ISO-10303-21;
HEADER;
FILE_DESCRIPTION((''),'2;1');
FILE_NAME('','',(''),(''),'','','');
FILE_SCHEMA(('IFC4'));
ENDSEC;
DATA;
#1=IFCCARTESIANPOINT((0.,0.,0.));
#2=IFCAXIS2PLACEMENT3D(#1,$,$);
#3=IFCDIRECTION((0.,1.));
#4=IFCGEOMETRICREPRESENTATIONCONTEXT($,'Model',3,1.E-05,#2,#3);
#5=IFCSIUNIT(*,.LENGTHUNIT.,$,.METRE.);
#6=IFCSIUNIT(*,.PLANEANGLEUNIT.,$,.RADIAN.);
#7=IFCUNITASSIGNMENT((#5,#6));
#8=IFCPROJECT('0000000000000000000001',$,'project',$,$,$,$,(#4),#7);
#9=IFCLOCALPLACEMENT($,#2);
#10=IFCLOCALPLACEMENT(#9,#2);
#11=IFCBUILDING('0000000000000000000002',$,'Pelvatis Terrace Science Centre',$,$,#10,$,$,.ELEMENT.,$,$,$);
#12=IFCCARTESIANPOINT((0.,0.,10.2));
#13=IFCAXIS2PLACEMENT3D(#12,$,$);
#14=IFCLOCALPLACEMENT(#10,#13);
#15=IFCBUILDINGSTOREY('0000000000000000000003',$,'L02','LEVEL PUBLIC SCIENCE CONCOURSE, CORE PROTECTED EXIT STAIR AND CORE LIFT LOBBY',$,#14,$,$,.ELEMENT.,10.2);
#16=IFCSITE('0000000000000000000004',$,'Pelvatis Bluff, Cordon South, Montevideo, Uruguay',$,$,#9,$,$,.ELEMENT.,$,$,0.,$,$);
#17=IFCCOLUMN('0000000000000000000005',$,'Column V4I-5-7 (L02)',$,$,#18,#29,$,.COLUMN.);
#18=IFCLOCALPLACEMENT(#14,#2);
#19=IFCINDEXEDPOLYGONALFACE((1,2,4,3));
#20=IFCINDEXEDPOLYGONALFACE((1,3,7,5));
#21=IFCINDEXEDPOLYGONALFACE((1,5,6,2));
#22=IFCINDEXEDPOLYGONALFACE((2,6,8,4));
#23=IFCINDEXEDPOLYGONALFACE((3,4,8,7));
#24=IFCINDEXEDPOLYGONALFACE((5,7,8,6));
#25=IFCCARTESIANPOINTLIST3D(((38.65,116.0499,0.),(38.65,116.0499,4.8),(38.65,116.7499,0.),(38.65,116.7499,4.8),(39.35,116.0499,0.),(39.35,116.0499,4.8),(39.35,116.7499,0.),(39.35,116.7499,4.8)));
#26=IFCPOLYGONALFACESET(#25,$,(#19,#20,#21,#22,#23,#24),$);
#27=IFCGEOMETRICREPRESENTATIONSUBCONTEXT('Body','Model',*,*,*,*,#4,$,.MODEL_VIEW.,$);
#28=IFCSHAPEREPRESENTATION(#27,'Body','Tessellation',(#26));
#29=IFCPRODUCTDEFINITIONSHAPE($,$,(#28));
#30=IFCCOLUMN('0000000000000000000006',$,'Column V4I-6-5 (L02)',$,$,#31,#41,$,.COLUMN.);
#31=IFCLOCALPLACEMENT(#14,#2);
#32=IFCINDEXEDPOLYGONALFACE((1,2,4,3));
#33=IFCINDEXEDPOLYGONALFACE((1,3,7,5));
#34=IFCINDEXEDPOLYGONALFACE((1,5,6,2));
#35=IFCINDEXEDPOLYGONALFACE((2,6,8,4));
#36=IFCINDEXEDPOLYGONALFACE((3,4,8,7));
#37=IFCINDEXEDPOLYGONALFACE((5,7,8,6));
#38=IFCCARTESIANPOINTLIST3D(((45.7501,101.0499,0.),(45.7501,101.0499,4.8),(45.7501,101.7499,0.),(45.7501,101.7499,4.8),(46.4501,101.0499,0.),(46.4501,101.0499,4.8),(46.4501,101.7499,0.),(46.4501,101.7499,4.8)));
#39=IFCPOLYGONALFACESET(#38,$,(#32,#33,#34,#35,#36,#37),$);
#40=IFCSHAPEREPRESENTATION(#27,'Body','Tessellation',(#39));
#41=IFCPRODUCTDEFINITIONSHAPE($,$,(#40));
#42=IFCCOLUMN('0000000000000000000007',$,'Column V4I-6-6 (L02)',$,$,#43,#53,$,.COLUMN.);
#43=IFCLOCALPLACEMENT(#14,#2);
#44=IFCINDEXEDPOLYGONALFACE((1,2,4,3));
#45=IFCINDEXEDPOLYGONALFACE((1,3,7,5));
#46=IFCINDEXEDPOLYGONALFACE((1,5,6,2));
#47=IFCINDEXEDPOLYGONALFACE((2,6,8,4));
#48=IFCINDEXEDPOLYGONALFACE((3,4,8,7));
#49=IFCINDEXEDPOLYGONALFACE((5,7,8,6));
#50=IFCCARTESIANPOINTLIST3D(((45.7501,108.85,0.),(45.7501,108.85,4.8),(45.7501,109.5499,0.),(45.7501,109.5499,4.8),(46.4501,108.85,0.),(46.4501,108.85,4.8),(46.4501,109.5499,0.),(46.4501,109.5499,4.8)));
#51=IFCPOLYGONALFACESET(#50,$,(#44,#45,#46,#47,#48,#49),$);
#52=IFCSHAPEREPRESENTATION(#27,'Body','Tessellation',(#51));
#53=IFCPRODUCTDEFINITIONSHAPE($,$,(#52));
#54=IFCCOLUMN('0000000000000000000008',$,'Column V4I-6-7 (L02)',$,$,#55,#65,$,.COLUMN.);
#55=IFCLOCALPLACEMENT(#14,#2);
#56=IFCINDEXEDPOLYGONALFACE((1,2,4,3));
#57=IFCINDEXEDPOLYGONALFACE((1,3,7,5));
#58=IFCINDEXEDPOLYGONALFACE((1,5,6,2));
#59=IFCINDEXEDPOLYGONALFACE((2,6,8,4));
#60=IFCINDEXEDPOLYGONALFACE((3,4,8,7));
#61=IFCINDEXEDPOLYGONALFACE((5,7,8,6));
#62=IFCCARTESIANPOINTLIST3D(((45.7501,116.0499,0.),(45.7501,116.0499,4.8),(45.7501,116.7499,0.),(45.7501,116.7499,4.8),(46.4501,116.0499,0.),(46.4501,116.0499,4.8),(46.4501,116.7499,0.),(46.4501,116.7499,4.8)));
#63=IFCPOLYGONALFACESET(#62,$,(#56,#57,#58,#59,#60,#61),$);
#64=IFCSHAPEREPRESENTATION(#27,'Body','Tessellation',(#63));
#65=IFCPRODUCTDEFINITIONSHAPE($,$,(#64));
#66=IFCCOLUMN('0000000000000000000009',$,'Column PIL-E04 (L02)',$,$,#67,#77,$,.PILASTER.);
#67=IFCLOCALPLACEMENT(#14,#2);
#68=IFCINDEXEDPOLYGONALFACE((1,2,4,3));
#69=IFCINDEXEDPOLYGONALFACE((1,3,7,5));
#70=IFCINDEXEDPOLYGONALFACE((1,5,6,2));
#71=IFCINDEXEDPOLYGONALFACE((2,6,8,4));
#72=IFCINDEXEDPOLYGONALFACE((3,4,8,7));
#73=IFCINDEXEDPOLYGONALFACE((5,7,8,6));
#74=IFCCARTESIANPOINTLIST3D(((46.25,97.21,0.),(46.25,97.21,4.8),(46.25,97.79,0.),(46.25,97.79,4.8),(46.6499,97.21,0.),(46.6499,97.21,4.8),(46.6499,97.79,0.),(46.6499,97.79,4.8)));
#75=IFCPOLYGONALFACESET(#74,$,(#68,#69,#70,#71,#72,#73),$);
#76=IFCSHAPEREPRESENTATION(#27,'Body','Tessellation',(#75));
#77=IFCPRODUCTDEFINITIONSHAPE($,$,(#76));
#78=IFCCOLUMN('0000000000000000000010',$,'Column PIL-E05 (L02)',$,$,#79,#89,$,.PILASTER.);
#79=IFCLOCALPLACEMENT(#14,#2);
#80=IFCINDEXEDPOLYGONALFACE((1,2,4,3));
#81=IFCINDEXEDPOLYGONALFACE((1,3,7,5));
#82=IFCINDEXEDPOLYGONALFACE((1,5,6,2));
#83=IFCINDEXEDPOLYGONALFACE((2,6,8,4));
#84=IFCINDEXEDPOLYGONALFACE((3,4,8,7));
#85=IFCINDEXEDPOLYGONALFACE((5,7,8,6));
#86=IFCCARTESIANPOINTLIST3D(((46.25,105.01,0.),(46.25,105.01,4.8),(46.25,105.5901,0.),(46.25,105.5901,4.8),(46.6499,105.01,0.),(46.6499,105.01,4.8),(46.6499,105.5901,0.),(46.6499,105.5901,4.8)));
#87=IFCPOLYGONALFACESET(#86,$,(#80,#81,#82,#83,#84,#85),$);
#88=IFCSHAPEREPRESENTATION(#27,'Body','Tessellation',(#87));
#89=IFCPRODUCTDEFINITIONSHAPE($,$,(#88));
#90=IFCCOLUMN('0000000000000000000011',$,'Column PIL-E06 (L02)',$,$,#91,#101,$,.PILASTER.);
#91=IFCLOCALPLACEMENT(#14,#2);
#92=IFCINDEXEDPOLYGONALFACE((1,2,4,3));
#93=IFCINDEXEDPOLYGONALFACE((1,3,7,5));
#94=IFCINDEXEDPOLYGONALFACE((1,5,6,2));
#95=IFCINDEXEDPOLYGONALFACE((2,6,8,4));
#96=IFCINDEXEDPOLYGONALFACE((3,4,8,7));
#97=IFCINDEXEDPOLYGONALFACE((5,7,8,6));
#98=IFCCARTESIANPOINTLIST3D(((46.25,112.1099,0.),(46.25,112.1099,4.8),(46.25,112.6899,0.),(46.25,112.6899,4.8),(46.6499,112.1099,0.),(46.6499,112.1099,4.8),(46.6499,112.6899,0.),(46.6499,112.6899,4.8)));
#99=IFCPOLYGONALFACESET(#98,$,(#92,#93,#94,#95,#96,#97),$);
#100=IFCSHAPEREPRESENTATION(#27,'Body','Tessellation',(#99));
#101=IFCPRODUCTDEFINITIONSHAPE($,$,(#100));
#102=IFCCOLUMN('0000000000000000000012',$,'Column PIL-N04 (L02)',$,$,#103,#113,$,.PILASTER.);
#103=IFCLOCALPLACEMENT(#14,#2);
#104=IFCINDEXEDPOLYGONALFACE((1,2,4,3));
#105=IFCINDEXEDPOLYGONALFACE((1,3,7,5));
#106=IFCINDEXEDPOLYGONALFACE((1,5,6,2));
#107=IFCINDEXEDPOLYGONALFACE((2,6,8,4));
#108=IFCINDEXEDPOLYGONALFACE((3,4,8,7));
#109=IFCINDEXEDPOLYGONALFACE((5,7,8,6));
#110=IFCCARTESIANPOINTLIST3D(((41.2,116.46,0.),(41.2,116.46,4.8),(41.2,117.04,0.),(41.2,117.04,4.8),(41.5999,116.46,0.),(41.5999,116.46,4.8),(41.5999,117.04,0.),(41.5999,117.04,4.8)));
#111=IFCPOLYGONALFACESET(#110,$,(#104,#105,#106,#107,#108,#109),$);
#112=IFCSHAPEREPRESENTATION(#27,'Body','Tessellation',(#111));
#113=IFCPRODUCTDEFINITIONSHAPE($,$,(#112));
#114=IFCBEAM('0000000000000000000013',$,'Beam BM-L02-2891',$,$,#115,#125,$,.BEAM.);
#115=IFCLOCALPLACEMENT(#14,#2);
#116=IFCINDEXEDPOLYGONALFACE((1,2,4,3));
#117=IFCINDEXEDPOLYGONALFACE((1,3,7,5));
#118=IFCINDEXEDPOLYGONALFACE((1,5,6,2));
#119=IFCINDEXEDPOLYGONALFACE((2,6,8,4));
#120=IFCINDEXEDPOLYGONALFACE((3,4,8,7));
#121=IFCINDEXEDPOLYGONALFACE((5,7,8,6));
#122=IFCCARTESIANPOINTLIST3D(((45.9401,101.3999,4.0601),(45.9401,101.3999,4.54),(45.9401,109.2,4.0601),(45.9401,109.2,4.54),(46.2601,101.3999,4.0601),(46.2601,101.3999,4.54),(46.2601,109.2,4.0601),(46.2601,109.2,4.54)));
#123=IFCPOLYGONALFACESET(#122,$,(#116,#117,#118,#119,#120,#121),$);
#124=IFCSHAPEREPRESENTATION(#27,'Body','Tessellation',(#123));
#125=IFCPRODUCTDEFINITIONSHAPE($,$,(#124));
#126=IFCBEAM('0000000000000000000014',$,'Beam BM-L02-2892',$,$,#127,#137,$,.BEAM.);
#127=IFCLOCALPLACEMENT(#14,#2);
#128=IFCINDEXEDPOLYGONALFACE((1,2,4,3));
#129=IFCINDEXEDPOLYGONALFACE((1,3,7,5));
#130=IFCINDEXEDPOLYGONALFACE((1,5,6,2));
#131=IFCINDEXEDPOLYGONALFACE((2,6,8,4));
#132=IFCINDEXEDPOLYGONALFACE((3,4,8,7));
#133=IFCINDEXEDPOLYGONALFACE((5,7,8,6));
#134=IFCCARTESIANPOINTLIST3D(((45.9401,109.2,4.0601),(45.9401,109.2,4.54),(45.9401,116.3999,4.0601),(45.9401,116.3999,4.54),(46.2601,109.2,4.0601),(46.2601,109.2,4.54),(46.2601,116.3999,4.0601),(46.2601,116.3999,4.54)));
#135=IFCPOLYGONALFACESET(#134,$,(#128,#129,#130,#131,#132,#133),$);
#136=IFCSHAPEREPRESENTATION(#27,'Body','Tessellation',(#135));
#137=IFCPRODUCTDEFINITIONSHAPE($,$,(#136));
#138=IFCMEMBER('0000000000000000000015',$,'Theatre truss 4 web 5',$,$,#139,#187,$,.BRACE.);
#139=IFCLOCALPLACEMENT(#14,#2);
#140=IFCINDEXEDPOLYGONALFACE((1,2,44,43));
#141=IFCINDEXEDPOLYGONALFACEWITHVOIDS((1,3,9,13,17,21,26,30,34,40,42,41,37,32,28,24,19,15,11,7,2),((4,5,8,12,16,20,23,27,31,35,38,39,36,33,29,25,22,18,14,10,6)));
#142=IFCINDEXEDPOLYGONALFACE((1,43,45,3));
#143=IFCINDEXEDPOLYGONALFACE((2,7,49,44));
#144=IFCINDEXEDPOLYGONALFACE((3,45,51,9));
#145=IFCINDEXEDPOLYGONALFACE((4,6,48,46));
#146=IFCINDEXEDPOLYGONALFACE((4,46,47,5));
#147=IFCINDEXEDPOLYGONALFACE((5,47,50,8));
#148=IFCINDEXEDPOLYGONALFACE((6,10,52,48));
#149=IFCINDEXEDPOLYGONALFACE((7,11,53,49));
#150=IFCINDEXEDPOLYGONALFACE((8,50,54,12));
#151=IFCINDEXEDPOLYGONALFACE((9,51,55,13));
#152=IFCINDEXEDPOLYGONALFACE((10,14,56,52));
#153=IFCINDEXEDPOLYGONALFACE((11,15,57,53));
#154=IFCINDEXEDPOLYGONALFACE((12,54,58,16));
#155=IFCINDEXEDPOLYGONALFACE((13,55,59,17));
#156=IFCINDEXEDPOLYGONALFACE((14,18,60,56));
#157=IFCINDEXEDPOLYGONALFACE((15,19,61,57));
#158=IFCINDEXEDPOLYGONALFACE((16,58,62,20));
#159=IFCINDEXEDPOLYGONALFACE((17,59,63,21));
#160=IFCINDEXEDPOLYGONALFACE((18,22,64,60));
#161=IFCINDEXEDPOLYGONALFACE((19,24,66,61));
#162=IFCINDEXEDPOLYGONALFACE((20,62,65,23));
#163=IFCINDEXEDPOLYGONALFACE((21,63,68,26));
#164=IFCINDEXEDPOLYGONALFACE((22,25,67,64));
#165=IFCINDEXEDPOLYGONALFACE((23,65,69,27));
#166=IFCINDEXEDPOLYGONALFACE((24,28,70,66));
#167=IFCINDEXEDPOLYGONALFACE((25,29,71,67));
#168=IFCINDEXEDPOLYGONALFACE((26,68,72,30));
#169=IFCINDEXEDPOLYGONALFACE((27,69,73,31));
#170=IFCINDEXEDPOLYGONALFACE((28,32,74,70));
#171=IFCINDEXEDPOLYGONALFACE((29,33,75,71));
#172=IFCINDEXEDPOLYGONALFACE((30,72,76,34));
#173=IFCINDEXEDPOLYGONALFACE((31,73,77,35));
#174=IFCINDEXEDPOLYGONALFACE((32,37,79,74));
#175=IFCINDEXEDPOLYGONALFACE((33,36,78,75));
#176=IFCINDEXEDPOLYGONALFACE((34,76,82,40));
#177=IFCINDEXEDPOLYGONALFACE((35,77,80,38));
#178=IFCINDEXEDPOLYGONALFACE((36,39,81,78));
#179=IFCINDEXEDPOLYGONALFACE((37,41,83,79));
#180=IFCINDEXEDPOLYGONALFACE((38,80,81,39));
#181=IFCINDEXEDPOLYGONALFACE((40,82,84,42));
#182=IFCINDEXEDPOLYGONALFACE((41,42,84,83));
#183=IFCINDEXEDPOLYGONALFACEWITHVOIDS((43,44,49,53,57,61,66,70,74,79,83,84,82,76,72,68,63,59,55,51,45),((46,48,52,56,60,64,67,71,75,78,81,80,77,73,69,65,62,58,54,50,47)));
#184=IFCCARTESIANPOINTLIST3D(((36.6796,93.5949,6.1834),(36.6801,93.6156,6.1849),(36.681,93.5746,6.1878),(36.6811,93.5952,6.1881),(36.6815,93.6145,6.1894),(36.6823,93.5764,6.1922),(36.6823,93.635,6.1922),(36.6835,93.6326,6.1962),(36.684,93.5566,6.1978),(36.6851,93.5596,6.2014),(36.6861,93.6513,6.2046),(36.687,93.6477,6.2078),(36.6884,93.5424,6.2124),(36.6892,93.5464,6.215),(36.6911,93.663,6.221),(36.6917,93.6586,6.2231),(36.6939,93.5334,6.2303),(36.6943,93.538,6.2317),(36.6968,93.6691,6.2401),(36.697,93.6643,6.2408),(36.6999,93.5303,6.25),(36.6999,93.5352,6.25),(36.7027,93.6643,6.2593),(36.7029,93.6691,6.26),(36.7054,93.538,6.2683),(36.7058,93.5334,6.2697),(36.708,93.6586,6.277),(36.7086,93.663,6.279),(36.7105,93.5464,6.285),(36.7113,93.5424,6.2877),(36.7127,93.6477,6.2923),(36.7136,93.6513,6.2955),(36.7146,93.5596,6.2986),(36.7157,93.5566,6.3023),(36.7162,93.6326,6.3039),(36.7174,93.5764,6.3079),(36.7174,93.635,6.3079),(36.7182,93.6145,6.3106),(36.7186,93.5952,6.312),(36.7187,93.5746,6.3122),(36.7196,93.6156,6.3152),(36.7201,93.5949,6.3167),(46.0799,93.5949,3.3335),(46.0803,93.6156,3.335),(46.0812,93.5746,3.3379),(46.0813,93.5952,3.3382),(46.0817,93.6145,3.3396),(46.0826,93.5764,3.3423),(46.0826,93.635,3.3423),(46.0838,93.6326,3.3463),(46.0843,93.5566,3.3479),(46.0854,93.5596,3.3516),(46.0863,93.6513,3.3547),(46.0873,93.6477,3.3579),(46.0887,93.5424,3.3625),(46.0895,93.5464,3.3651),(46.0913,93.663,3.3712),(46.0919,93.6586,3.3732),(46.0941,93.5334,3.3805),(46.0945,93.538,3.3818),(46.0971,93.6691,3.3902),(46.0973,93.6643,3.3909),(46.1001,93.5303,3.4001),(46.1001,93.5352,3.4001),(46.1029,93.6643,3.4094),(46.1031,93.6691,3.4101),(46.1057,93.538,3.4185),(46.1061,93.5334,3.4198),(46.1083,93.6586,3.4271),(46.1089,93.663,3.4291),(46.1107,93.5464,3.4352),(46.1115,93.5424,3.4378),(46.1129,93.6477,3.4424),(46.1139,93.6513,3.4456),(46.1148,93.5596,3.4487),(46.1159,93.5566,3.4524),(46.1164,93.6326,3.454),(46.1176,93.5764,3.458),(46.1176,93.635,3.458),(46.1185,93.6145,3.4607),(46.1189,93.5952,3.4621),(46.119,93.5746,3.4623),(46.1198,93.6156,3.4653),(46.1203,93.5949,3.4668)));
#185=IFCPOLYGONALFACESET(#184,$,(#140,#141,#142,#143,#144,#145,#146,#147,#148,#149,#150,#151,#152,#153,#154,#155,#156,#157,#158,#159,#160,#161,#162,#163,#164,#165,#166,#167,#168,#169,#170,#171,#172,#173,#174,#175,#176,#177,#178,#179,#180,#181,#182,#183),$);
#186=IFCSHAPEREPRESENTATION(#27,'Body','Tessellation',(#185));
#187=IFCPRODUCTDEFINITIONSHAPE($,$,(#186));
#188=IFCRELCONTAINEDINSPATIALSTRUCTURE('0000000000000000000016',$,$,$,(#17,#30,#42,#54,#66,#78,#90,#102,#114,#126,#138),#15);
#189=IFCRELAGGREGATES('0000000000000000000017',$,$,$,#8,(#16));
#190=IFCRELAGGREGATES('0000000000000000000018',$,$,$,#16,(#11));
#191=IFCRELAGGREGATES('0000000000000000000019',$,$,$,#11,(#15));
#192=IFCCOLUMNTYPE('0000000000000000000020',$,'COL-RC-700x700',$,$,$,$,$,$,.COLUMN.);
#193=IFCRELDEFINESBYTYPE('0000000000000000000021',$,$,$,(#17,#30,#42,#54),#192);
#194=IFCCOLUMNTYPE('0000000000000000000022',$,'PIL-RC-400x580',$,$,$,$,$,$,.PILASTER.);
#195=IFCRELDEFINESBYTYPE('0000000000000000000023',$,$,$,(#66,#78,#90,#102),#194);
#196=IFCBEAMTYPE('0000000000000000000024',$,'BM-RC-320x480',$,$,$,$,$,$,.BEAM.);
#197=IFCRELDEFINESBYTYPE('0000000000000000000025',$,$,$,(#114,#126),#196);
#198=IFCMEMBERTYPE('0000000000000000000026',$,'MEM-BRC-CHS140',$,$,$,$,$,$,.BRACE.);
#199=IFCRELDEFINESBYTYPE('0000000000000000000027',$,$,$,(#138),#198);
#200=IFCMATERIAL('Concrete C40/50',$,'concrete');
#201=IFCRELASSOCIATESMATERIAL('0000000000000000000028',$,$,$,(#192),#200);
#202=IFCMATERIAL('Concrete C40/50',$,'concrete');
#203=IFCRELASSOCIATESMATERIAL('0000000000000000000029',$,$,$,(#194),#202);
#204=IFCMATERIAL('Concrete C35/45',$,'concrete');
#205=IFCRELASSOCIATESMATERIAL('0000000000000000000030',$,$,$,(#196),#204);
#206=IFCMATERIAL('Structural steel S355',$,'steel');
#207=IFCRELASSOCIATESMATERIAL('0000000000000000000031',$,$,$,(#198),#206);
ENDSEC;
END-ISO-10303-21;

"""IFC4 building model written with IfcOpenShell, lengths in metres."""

from ifc_helpers import new_model, si_unit, direction, frame, origin, origin_2d, place, context, subcontext, project, spatial, rectangle, hollow_circle, extrude, material, material_profile, profile_set, type_object, element, save


model = new_model("IFC4")

# Units and contexts
model_context = context("Model", 3, precision=1e-05, world=origin(), true_north=direction((0.0, 1.0)))
body_context = subcontext(model_context, "Body", "Model", "MODEL_VIEW")
ifc_project = project(units=[si_unit("LENGTHUNIT", "METRE"), si_unit("PLANEANGLEUNIT", "RADIAN")], contexts=[model_context])

# Site, building, storey
site_placement = place(None, origin())
site = spatial("IfcSite", under=ifc_project, at=site_placement, Name="Pelvatis Bluff, Cordon South, Montevideo, Uruguay", CompositionType="ELEMENT", RefElevation=0.0)
building_placement = place(site_placement, origin())
building = spatial("IfcBuilding", under=site, at=building_placement, Name="Pelvatis Terrace Science Centre", CompositionType="ELEMENT")
storey_placement = place(building_placement, frame((0.0, 0.0, 10.2)))
storey = spatial("IfcBuildingStorey", under=building, at=storey_placement, Name="L02", Description="LEVEL PUBLIC SCIENCE CONCOURSE, CORE PROTECTED EXIT STAIR AND CORE LIFT LOBBY", CompositionType="ELEMENT", Elevation=10.2)

# Columns
ifc_material_1 = material(Name="Concrete C40/50", Category="concrete")
ifc_material_profile_1 = material_profile(ifc_material_1, rectangle(XDim=0.7, YDim=0.7, at=origin_2d()), Name="RC-COL 700x700")
ifc_profile_set_1 = profile_set([ifc_material_profile_1], Name="Concrete C40/50")
column_type_1 = type_object("IfcColumnType", Name="COL-RC-700x700", PredefinedType="COLUMN", material=ifc_profile_set_1)
for number, where, z_axis, x_axis, name in (
    (1, (39.0, 116.3999, 0.0), (0.0, 0.0, 1.0), (1.0, 0.0, 0.0), "Column V4I-5-7 (L02)"),
    (2, (46.1001, 101.3999, 0.0), (0.0, 0.0, 1.0), (1.0, 0.0, 0.0), "Column V4I-6-5 (L02)"),
    (3, (46.1001, 109.2, 0.0), (0.0, 0.0, 1.0), (1.0, 0.0, 0.0), "Column V4I-6-6 (L02)"),
    (4, (46.1001, 116.3999, 0.0), (0.0, 0.0, 1.0), (1.0, 0.0, 0.0), "Column V4I-6-7 (L02)"),
):
    element("IfcColumn", number, at=place(storey_placement, frame(where, z_axis=z_axis, x_axis=x_axis)), inside=storey, type_object=column_type_1, Name=name, PredefinedType="COLUMN", context=body_context, shape_type="SweptSolid", body=[
        extrude(rectangle(XDim=0.7, YDim=0.7, at=origin_2d()), origin(), (0.0, 0.0, 1.0), 4.8),
    ])
ifc_material_2 = material(Name="Concrete C40/50", Category="concrete")
ifc_material_profile_2 = material_profile(ifc_material_2, rectangle(XDim=0.3999, YDim=0.5801, at=origin_2d()), Name="RC-PIL 400x580")
ifc_profile_set_2 = profile_set([ifc_material_profile_2], Name="Concrete C40/50")
column_type_2 = type_object("IfcColumnType", Name="PIL-RC-400x580", PredefinedType="PILASTER", material=ifc_profile_set_2)
for number, where, z_axis, x_axis, name in (
    (5, (46.45, 97.5, 0.0), (0.0, 0.0, 1.0), (1.0, 0.0, 0.0), "Column PIL-E04 (L02)"),
    (6, (46.45, 105.3, 0.0), (0.0, 0.0, 1.0), (1.0, 0.0, 0.0), "Column PIL-E05 (L02)"),
    (7, (46.45, 112.3999, 0.0), (0.0, 0.0, 1.0), (1.0, 0.0, 0.0), "Column PIL-E06 (L02)"),
    (8, (41.3999, 116.75, 0.0), (0.0, 0.0, 1.0), (1.0, 0.0, 0.0), "Column PIL-N04 (L02)"),
):
    element("IfcColumn", number, at=place(storey_placement, frame(where, z_axis=z_axis, x_axis=x_axis)), inside=storey, type_object=column_type_2, Name=name, PredefinedType="PILASTER", context=body_context, shape_type="SweptSolid", body=[
        extrude(rectangle(XDim=0.3999, YDim=0.5801, at=origin_2d()), origin(), (0.0, 0.0, 1.0), 4.8),
    ])

# Beams
ifc_material_3 = material(Name="Concrete C35/45", Category="concrete")
ifc_material_profile_3 = material_profile(ifc_material_3, rectangle(XDim=0.3201, YDim=0.48, at=origin_2d()), Name="RC-BM 320x480")
ifc_profile_set_3 = profile_set([ifc_material_profile_3], Name="Concrete C35/45")
beam_type = type_object("IfcBeamType", Name="BM-RC-320x480", PredefinedType="BEAM", material=ifc_profile_set_3)
beam_1_placement = place(storey_placement, frame((46.1001, 101.3999, 4.3), z_axis=(0.0, 1.0, 0.0), x_axis=(-1.0, 0.0, 0.0)))
element("IfcBeam", 9, at=beam_1_placement, inside=storey, type_object=beam_type, Name="Beam BM-L02-2891", PredefinedType="BEAM", context=body_context, shape_type="SweptSolid", body=[
    extrude(rectangle(XDim=0.3201, YDim=0.48, at=origin_2d()), origin(), (0.0, 0.0, 1.0), 7.8),
])
beam_2_placement = place(storey_placement, frame((46.1001, 109.2, 4.3), z_axis=(0.0, 1.0, 0.0), x_axis=(-1.0, 0.0, 0.0)))
element("IfcBeam", 10, at=beam_2_placement, inside=storey, type_object=beam_type, Name="Beam BM-L02-2892", PredefinedType="BEAM", context=body_context, shape_type="SweptSolid", body=[
    extrude(rectangle(XDim=0.3201, YDim=0.48, at=origin_2d()), origin(), (0.0, 0.0, 1.0), 7.2),
])

# Member
ifc_material_4 = material(Name="Structural steel S355", Category="steel")
ifc_material_profile_4 = material_profile(ifc_material_4, hollow_circle(Radius=0.0698, WallThickness=0.0049, at=origin_2d()), Name="CHS 139.7x5.0")
ifc_profile_set_4 = profile_set([ifc_material_profile_4], Name="Structural steel S355")
member_type_1 = type_object("IfcMemberType", Name="MEM-BRC-CHS140", PredefinedType="BRACE", material=ifc_profile_set_4)
for number, where, z_axis, x_axis, name in (
    (11, (46.1001, 93.6001, 3.4001), (-0.956987, 0.0, 0.290131), (0.0, -1.0, 0.0), "Theatre truss 4 web 5"),
):
    element("IfcMember", number, at=place(storey_placement, frame(where, z_axis=z_axis, x_axis=x_axis)), inside=storey, type_object=member_type_1, Name=name, PredefinedType="BRACE", context=body_context, shape_type="SweptSolid", body=[
        extrude(hollow_circle(Radius=0.0698, WallThickness=0.0049, at=origin_2d()), origin(), (0.0, 0.0, 1.0), 9.8228),
    ])

save(model, "model.ifc")
